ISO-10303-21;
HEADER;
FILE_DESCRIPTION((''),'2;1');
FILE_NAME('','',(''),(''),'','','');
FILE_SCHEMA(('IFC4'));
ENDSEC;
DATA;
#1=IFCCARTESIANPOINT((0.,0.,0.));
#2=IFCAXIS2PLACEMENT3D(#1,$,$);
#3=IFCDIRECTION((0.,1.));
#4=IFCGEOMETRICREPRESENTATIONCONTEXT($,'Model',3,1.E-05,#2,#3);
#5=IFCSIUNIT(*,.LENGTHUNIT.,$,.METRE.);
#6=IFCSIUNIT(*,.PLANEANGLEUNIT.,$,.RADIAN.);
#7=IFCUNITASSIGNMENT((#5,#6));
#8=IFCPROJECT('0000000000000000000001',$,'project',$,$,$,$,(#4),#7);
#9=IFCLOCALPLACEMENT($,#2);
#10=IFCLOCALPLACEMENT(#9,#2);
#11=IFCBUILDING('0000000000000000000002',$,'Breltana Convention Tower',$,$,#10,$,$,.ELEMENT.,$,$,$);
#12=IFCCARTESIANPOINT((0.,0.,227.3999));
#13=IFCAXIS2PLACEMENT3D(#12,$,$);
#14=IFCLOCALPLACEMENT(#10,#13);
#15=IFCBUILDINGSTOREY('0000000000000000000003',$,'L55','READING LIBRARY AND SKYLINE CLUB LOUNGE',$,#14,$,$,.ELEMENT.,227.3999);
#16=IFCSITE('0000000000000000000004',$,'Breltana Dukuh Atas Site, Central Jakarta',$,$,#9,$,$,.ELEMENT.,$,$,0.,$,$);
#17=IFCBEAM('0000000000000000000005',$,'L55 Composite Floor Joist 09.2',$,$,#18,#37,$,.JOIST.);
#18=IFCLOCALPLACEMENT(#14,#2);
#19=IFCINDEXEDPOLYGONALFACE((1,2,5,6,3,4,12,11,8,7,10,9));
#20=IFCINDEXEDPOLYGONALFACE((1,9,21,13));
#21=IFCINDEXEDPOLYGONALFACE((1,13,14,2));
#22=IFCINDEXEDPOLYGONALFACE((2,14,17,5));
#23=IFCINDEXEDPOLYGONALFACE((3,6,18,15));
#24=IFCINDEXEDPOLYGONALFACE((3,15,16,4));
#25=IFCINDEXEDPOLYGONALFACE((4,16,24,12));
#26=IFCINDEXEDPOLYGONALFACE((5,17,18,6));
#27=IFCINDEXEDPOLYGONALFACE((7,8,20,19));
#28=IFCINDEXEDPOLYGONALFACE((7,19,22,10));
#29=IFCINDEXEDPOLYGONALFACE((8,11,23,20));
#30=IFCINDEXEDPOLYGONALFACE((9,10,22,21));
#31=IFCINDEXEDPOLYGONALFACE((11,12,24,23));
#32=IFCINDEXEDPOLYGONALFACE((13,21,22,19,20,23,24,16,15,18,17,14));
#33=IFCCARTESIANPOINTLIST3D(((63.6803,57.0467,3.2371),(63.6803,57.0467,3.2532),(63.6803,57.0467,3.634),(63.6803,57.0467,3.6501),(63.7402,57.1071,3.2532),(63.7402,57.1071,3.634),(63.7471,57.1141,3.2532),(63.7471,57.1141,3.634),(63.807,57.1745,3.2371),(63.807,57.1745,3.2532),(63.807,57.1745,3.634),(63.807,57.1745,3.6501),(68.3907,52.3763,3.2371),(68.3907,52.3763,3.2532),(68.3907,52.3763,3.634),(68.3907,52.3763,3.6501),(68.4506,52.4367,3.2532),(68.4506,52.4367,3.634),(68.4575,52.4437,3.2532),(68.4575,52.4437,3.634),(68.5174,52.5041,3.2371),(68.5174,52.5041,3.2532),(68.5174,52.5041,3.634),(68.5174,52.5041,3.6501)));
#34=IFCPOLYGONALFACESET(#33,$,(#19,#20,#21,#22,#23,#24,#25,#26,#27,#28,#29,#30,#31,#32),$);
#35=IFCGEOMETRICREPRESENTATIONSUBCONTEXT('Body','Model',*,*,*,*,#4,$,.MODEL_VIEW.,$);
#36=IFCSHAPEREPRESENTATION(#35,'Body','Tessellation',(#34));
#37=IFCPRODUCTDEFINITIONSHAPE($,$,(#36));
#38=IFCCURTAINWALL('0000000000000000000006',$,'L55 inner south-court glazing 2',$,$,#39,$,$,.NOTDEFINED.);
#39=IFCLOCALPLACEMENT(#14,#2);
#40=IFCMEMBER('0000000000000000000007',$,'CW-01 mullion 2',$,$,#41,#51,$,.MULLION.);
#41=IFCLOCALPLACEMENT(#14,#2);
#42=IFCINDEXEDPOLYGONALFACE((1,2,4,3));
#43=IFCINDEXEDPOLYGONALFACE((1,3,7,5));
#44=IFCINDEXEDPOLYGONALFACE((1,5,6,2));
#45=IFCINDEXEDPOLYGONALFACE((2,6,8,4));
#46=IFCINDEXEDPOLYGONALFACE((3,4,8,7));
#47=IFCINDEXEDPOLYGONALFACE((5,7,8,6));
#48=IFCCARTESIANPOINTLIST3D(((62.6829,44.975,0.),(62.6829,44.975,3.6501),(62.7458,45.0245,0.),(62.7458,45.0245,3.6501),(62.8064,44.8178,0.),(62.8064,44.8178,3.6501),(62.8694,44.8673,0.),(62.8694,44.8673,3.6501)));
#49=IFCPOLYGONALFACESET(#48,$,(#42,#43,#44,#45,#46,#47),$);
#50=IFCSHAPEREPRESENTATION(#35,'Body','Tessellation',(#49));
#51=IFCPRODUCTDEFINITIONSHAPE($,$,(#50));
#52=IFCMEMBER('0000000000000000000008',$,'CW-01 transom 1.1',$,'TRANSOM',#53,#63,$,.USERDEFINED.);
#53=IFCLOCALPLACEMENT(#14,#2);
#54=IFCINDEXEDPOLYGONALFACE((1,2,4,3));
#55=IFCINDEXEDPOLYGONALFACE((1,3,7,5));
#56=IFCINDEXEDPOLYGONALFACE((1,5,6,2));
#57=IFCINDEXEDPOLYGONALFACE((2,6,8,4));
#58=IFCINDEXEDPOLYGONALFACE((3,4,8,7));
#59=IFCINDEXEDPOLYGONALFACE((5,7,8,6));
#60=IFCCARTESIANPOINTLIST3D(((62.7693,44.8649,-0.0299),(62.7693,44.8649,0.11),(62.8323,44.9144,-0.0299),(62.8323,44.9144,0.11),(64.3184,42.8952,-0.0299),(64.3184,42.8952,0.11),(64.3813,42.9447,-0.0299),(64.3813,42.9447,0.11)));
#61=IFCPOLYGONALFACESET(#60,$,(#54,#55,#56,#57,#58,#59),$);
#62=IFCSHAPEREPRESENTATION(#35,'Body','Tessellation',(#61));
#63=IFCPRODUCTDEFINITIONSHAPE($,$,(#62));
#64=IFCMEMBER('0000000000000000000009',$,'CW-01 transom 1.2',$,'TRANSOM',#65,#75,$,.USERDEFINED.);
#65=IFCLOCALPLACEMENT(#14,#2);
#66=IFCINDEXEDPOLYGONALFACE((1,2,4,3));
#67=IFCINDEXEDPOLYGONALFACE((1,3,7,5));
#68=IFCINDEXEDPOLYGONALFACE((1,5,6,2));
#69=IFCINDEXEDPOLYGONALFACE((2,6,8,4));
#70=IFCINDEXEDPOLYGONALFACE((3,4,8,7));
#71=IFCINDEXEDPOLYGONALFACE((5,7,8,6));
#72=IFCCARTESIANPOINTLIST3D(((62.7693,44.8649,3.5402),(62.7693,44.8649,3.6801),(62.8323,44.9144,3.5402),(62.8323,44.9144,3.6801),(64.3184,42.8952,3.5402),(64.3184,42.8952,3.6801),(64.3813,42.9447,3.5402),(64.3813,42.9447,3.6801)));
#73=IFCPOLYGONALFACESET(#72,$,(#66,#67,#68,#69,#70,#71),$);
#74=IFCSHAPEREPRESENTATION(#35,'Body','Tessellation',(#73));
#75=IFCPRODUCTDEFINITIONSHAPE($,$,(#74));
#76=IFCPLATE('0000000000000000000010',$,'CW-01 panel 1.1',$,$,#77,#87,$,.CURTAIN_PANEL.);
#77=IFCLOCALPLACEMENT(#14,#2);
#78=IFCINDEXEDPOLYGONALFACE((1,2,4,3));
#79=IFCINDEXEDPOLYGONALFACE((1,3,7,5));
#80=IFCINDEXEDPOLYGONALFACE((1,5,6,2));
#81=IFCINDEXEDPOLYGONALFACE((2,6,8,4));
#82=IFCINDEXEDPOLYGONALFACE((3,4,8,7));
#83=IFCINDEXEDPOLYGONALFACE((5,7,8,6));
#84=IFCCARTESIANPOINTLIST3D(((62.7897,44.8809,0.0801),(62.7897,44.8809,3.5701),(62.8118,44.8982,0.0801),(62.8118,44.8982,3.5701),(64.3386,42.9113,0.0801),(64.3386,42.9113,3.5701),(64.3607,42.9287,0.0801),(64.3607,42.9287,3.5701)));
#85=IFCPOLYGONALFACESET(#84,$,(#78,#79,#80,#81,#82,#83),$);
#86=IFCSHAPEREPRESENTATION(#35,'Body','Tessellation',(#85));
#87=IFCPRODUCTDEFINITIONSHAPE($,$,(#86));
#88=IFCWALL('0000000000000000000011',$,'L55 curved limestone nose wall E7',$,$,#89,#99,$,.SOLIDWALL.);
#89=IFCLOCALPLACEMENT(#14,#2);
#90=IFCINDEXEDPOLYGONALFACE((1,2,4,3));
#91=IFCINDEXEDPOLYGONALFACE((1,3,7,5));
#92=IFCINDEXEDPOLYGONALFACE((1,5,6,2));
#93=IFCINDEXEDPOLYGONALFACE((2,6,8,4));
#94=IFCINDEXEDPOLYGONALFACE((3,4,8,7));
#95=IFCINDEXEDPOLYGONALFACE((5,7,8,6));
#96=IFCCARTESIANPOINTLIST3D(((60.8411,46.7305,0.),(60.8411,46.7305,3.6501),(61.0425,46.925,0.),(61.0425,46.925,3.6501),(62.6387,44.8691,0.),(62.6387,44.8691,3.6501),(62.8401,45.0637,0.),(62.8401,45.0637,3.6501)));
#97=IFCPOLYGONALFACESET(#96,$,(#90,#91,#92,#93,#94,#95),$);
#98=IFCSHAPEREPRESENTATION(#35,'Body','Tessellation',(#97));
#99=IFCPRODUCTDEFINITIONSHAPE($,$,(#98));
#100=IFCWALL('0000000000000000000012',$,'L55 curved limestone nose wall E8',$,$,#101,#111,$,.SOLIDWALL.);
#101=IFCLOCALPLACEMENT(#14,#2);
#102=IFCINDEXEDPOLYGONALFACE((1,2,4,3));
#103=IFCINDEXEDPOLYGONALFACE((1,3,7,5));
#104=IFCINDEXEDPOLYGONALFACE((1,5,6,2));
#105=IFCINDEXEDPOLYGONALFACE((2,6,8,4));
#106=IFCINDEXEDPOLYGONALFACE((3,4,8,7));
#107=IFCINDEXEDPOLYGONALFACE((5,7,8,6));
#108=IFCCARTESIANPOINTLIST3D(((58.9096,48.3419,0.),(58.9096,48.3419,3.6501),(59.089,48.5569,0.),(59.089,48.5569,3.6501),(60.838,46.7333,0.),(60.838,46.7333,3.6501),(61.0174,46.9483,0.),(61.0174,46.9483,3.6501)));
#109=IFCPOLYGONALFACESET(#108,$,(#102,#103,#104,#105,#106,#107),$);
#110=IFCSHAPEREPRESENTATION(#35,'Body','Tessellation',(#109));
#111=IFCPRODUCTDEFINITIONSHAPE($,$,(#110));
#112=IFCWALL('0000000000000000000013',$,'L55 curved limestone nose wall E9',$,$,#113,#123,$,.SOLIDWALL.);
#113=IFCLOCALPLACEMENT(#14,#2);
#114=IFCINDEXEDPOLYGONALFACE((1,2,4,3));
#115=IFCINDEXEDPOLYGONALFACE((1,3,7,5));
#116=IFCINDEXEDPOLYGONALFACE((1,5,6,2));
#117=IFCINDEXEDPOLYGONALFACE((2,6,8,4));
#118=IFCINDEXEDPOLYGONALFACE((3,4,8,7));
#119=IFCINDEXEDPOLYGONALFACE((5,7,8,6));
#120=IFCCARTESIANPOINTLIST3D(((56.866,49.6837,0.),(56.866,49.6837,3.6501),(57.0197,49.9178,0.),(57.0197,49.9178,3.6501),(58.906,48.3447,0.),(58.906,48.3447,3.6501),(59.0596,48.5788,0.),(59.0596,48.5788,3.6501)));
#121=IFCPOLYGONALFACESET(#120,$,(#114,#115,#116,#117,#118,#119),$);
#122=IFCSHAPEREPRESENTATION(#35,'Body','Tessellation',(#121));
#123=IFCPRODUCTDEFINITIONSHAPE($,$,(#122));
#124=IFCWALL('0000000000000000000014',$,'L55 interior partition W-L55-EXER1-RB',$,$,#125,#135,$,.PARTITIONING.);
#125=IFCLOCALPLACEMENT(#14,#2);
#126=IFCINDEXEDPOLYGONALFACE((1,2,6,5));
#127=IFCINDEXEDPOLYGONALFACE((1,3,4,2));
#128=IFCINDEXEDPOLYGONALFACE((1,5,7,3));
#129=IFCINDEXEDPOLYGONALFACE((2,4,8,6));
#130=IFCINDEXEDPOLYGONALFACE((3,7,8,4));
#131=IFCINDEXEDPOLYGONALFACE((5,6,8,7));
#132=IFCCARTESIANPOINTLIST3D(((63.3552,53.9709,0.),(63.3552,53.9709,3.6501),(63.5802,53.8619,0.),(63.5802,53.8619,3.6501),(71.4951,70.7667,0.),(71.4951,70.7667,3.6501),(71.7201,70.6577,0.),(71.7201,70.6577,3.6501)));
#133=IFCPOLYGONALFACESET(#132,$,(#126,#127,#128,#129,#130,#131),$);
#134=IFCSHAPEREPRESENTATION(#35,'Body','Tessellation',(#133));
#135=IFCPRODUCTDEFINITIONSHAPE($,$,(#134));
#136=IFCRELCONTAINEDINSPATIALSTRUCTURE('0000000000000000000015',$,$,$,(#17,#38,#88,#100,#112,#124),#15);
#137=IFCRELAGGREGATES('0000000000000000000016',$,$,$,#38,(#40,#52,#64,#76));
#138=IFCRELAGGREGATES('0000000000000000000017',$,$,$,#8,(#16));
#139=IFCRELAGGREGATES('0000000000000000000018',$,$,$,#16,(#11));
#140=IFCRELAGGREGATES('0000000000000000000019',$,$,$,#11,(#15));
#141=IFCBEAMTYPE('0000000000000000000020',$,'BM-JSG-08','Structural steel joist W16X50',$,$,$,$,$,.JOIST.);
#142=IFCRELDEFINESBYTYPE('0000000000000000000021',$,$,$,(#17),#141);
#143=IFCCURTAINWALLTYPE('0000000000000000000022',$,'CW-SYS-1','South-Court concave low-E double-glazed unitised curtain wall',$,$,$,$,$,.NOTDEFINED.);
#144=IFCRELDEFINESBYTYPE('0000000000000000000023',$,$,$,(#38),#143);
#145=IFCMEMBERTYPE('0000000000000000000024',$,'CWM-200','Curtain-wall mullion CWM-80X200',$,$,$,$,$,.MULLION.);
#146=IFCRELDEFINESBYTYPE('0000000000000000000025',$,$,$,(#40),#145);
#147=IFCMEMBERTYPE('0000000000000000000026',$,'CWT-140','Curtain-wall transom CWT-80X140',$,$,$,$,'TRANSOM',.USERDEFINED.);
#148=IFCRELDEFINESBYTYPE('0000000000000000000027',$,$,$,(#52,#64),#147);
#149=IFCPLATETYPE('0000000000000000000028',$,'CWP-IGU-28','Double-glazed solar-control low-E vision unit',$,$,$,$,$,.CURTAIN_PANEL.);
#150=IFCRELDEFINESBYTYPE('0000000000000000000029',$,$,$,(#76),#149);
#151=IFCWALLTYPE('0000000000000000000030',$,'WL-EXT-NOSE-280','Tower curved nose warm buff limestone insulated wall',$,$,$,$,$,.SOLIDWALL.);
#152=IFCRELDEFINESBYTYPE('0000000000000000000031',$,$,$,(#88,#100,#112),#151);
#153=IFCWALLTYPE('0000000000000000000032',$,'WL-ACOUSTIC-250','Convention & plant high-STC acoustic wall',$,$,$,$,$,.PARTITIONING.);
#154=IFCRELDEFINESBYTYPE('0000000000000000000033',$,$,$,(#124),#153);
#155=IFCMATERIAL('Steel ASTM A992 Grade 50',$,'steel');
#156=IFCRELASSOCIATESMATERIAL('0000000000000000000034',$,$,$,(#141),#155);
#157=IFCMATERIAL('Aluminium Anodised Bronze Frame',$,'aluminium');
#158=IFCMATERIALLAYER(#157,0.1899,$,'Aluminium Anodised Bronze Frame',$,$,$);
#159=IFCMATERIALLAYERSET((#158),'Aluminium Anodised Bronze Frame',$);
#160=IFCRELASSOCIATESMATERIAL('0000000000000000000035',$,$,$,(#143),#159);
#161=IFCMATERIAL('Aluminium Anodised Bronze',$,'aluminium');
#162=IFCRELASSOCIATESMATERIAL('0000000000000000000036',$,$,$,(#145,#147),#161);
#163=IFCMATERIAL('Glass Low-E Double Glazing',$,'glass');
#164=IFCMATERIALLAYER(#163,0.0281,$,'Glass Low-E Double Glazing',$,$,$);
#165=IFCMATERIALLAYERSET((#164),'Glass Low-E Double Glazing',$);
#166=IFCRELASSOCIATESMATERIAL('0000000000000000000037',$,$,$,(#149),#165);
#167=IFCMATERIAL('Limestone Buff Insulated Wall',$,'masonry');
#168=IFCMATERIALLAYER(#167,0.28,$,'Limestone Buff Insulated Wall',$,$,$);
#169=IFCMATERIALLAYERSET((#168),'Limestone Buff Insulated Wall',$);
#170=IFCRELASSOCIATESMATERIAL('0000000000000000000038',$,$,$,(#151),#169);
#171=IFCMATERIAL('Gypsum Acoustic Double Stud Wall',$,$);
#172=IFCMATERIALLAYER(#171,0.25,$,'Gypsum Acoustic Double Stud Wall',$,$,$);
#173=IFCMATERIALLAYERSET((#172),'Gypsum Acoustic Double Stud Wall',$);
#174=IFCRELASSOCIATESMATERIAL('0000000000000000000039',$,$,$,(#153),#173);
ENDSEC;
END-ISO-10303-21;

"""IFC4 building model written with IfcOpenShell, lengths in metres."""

from ifc_helpers import new_model, si_unit, direction, frame, frame_2d, origin, origin_2d, place, context, subcontext, project, spatial, rectangle, i_section, extrude, source, transform, mapped, material, layer, layer_set, material_profile, profile_set, type_object, element, aggregate, save


model = new_model("IFC4")

# Units and contexts
model_context = context("Model", 3, precision=1e-05, world=origin(), true_north=direction((0.0, 1.0)))
body_context = subcontext(model_context, "Body", "Model", "MODEL_VIEW")
ifc_project = project(units=[si_unit("LENGTHUNIT", "METRE"), si_unit("PLANEANGLEUNIT", "RADIAN")], contexts=[model_context])

# Site, building, storey
site_placement = place(None, origin())
site = spatial("IfcSite", under=ifc_project, at=site_placement, Name="Breltana Dukuh Atas Site, Central Jakarta", CompositionType="ELEMENT", RefElevation=0.0)
building_placement = place(site_placement, origin())
building = spatial("IfcBuilding", under=site, at=building_placement, Name="Breltana Convention Tower", CompositionType="ELEMENT")
storey_placement = place(building_placement, frame((0.0, 0.0, 227.3999)))
storey = spatial("IfcBuildingStorey", under=building, at=storey_placement, Name="L55", Description="READING LIBRARY AND SKYLINE CLUB LOUNGE", CompositionType="ELEMENT", Elevation=227.3999)

# Shared definitions
ifc_material_1 = material(Name="Steel ASTM A992 Grade 50", Category="steel")

# Beam
ifc_material_profile_1 = material_profile(ifc_material_1, i_section(OverallWidth=0.1799, OverallDepth=0.4131, WebThickness=0.0098, FlangeThickness=0.0161, at=origin_2d()), Name="W16X50")
ifc_profile_set_1 = profile_set([ifc_material_profile_1], Name="Steel ASTM A992 Grade 50")
beam_type_1 = type_object("IfcBeamType", Name="BM-JSG-08", Description="Structural steel joist W16X50", PredefinedType="JOIST", material=ifc_profile_set_1)
shared_shape_1 = source(origin(), body_context, "Body", "SweptSolid", [
    extrude(i_section(OverallWidth=0.1799, OverallDepth=0.4131, WebThickness=0.0098, FlangeThickness=0.0161, at=origin_2d()), origin(), (0.0, 0.0, 1.0), 6.6333),
])
beam_1_placement = place(storey_placement, frame((63.7437, 57.1106, 3.4436), z_axis=(0.710118, -0.704082, 0.0), x_axis=(0.704082, 0.710118, 0.0)))
element("IfcBeam", 1, at=beam_1_placement, inside=storey, type_object=beam_type_1, Name="L55 Composite Floor Joist 09.2", PredefinedType="JOIST", context=body_context, shape_type="MappedRepresentation", body=[
    mapped(shared_shape_1, transform((0.0, 0.0, 0.0), scale=1.0)),
])

# Curtain wall, members, plate
ifc_material_2 = material(Name="Aluminium Anodised Bronze Frame", Category="aluminium")
ifc_layer_1 = layer(ifc_material_2, 0.1899, Name="Aluminium Anodised Bronze Frame")
ifc_layer_set_1 = layer_set([ifc_layer_1], Name="Aluminium Anodised Bronze Frame")
curtain_wall_type = type_object("IfcCurtainWallType", Name="CW-SYS-1", Description="South-Court concave low-E double-glazed unitised curtain wall", PredefinedType="NOTDEFINED", material=ifc_layer_set_1)
curtain_wall_placement = place(storey_placement, origin())
curtain_wall = element("IfcCurtainWall", 2, at=curtain_wall_placement, inside=storey, type_object=curtain_wall_type, Name="L55 inner south-court glazing 2", PredefinedType="NOTDEFINED")
ifc_material_3 = material(Name="Aluminium Anodised Bronze", Category="aluminium")
ifc_material_profile_2 = material_profile(ifc_material_3, rectangle(XDim=0.0801, YDim=0.2, at=origin_2d()), Name="CWM-80X200")
ifc_profile_set_2 = profile_set([ifc_material_profile_2], Name="Aluminium Anodised Bronze")
member_type_1 = type_object("IfcMemberType", Name="CWM-200", Description="Curtain-wall mullion CWM-80X200", PredefinedType="MULLION", material=ifc_profile_set_2)
shared_shape_2 = source(origin(), body_context, "Body", "SweptSolid", [
    extrude(rectangle(XDim=0.0801, YDim=0.2, at=origin_2d()), origin(), (0.0, 0.0, 1.0), 3.6501),
])
member_1_placement = place(storey_placement, frame((62.7761, 44.9211, 0.0), z_axis=(0.0, 0.0, 1.0), x_axis=(-0.786061, -0.61815, 0.0)))
member_1 = element("IfcMember", 3, at=member_1_placement, type_object=member_type_1, Name="CW-01 mullion 2", PredefinedType="MULLION", context=body_context, shape_type="MappedRepresentation", body=[
    mapped(shared_shape_2, transform((0.0, 0.0, 0.0), scale=1.0)),
])
ifc_material_profile_3 = material_profile(ifc_material_3, rectangle(XDim=0.0801, YDim=0.1399, at=origin_2d()), Name="CWT-80X140")
ifc_profile_set_3 = profile_set([ifc_material_profile_3], Name="Aluminium Anodised Bronze")
member_type_2 = type_object("IfcMemberType", Name="CWT-140", Description="Curtain-wall transom CWT-80X140", ElementType="TRANSOM", PredefinedType="USERDEFINED", material=ifc_profile_set_3)
shared_shape_3 = source(origin(), body_context, "Body", "SweptSolid", [
    extrude(rectangle(XDim=0.0801, YDim=0.1399, at=origin_2d()), origin(), (0.0, 0.0, 1.0), 2.5059),
])
member_2_placement = place(storey_placement, frame((64.3499, 42.9199, 0.04), z_axis=(-0.618174, 0.786041, 0.0), x_axis=(-0.786041, -0.618174, 0.0)))
member_2 = element("IfcMember", 4, at=member_2_placement, type_object=member_type_2, Name="CW-01 transom 1.1", ObjectType="TRANSOM", PredefinedType="USERDEFINED", context=body_context, shape_type="MappedRepresentation", body=[
    mapped(shared_shape_3, transform((0.0, 0.0, 0.0), scale=1.0)),
])
member_3_placement = place(storey_placement, frame((64.3499, 42.9199, 3.6101), z_axis=(-0.618174, 0.786041, 0.0), x_axis=(-0.786041, -0.618174, 0.0)))
member_3 = element("IfcMember", 5, at=member_3_placement, type_object=member_type_2, Name="CW-01 transom 1.2", ObjectType="TRANSOM", PredefinedType="USERDEFINED", context=body_context, shape_type="MappedRepresentation", body=[
    mapped(shared_shape_3, transform((0.0, 0.0, 0.0), scale=1.0)),
])
ifc_material_4 = material(Name="Glass Low-E Double Glazing", Category="glass")
ifc_layer_2 = layer(ifc_material_4, 0.0281, Name="Glass Low-E Double Glazing")
ifc_layer_set_2 = layer_set([ifc_layer_2], Name="Glass Low-E Double Glazing")
plate_type = type_object("IfcPlateType", Name="CWP-IGU-28", Description="Double-glazed solar-control low-E vision unit", PredefinedType="CURTAIN_PANEL", material=ifc_layer_set_2)
shared_shape_4 = source(origin(), body_context, "Body", "SweptSolid", [
    extrude(rectangle(XDim=2.5056, YDim=0.0281, at=origin_2d()), origin(), (0.0, 0.0, 1.0), 3.49),
])
plate_placement = place(storey_placement, frame((63.5752, 43.9048, 0.0801), z_axis=(0.0, 0.0, 1.0), x_axis=(-0.61815, 0.786061, 0.0)))
plate = element("IfcPlate", 6, at=plate_placement, type_object=plate_type, Name="CW-01 panel 1.1", PredefinedType="CURTAIN_PANEL", context=body_context, shape_type="MappedRepresentation", body=[
    mapped(shared_shape_4, transform((0.0, 0.0, 0.0), scale=1.0)),
])
aggregate(curtain_wall, [member_1, member_2, member_3, plate])

# Walls
ifc_material_5 = material(Name="Limestone Buff Insulated Wall", Category="masonry")
ifc_layer_3 = layer(ifc_material_5, 0.28, Name="Limestone Buff Insulated Wall")
ifc_layer_set_3 = layer_set([ifc_layer_3], Name="Limestone Buff Insulated Wall")
wall_type_1 = type_object("IfcWallType", Name="WL-EXT-NOSE-280", Description="Tower curved nose warm buff limestone insulated wall", PredefinedType="SOLIDWALL", material=ifc_layer_set_3)
shared_shape_5 = source(origin(), body_context, "Body", "SweptSolid", [
    extrude(rectangle(XDim=2.5876, YDim=0.28, at=frame_2d((1.2939, 0.0))), origin(), (0.0, 0.0, 1.0), 3.6501),
])
wall_1_placement = place(storey_placement, frame((62.7395, 44.9663, 0.0), z_axis=(0.0, 0.0, 1.0), x_axis=(-0.694687, 0.719312, 0.0)))
element("IfcWall", 7, at=wall_1_placement, inside=storey, type_object=wall_type_1, Name="L55 curved limestone nose wall E7", PredefinedType="SOLIDWALL", context=body_context, shape_type="MappedRepresentation", body=[
    mapped(shared_shape_5, transform((0.0, 0.0, 0.0), scale=1.0)),
])
shared_shape_6 = source(origin(), body_context, "Body", "SweptSolid", [
    extrude(rectangle(XDim=2.5112, YDim=0.28, at=frame_2d((1.2556, 0.0))), origin(), (0.0, 0.0, 1.0), 3.6501),
])
wall_2_placement = place(storey_placement, frame((60.9277, 46.8408, 0.0), z_axis=(0.0, 0.0, 1.0), x_axis=(-0.76791, 0.640557, 0.0)))
element("IfcWall", 8, at=wall_2_placement, inside=storey, type_object=wall_type_1, Name="L55 curved limestone nose wall E8", PredefinedType="SOLIDWALL", context=body_context, shape_type="MappedRepresentation", body=[
    mapped(shared_shape_6, transform((0.0, 0.0, 0.0), scale=1.0)),
])
shared_shape_7 = source(origin(), body_context, "Body", "SweptSolid", [
    extrude(rectangle(XDim=2.4402, YDim=0.28, at=frame_2d((1.2202, 0.0))), origin(), (0.0, 0.0, 1.0), 3.6501),
])
wall_3_placement = place(storey_placement, frame((58.9829, 48.4617, 0.0), z_axis=(0.0, 0.0, 1.0), x_axis=(-0.835985, 0.548753, 0.0)))
element("IfcWall", 9, at=wall_3_placement, inside=storey, type_object=wall_type_1, Name="L55 curved limestone nose wall E9", PredefinedType="SOLIDWALL", context=body_context, shape_type="MappedRepresentation", body=[
    mapped(shared_shape_7, transform((0.0, 0.0, 0.0), scale=1.0)),
])

# Shared definitions
ifc_material_6 = material(Name="Gypsum Acoustic Double Stud Wall")
ifc_layer_4 = layer(ifc_material_6, 0.25, Name="Gypsum Acoustic Double Stud Wall")
ifc_layer_set_4 = layer_set([ifc_layer_4], Name="Gypsum Acoustic Double Stud Wall")
wall_type_2 = type_object("IfcWallType", Name="WL-ACOUSTIC-250", Description="Convention & plant high-STC acoustic wall", PredefinedType="PARTITIONING", material=ifc_layer_set_4)

# Wall
shared_shape_8 = source(origin(), body_context, "Body", "SweptSolid", [
    extrude(rectangle(XDim=18.6643, YDim=0.25, at=frame_2d((9.332, 0.0))), origin(), (0.0, 0.0, 1.0), 3.6501),
])
wall_4_placement = place(storey_placement, frame((63.4678, 53.9165, 0.0), z_axis=(0.0, 0.0, 1.0), x_axis=(0.436118, 0.899889, 0.0)))
element("IfcWall", 10, at=wall_4_placement, inside=storey, type_object=wall_type_2, Name="L55 interior partition W-L55-EXER1-RB", PredefinedType="PARTITIONING", context=body_context, shape_type="MappedRepresentation", body=[
    mapped(shared_shape_8, transform((0.0, 0.0, 0.0), scale=1.0)),
])

save(model, "model.ifc")
